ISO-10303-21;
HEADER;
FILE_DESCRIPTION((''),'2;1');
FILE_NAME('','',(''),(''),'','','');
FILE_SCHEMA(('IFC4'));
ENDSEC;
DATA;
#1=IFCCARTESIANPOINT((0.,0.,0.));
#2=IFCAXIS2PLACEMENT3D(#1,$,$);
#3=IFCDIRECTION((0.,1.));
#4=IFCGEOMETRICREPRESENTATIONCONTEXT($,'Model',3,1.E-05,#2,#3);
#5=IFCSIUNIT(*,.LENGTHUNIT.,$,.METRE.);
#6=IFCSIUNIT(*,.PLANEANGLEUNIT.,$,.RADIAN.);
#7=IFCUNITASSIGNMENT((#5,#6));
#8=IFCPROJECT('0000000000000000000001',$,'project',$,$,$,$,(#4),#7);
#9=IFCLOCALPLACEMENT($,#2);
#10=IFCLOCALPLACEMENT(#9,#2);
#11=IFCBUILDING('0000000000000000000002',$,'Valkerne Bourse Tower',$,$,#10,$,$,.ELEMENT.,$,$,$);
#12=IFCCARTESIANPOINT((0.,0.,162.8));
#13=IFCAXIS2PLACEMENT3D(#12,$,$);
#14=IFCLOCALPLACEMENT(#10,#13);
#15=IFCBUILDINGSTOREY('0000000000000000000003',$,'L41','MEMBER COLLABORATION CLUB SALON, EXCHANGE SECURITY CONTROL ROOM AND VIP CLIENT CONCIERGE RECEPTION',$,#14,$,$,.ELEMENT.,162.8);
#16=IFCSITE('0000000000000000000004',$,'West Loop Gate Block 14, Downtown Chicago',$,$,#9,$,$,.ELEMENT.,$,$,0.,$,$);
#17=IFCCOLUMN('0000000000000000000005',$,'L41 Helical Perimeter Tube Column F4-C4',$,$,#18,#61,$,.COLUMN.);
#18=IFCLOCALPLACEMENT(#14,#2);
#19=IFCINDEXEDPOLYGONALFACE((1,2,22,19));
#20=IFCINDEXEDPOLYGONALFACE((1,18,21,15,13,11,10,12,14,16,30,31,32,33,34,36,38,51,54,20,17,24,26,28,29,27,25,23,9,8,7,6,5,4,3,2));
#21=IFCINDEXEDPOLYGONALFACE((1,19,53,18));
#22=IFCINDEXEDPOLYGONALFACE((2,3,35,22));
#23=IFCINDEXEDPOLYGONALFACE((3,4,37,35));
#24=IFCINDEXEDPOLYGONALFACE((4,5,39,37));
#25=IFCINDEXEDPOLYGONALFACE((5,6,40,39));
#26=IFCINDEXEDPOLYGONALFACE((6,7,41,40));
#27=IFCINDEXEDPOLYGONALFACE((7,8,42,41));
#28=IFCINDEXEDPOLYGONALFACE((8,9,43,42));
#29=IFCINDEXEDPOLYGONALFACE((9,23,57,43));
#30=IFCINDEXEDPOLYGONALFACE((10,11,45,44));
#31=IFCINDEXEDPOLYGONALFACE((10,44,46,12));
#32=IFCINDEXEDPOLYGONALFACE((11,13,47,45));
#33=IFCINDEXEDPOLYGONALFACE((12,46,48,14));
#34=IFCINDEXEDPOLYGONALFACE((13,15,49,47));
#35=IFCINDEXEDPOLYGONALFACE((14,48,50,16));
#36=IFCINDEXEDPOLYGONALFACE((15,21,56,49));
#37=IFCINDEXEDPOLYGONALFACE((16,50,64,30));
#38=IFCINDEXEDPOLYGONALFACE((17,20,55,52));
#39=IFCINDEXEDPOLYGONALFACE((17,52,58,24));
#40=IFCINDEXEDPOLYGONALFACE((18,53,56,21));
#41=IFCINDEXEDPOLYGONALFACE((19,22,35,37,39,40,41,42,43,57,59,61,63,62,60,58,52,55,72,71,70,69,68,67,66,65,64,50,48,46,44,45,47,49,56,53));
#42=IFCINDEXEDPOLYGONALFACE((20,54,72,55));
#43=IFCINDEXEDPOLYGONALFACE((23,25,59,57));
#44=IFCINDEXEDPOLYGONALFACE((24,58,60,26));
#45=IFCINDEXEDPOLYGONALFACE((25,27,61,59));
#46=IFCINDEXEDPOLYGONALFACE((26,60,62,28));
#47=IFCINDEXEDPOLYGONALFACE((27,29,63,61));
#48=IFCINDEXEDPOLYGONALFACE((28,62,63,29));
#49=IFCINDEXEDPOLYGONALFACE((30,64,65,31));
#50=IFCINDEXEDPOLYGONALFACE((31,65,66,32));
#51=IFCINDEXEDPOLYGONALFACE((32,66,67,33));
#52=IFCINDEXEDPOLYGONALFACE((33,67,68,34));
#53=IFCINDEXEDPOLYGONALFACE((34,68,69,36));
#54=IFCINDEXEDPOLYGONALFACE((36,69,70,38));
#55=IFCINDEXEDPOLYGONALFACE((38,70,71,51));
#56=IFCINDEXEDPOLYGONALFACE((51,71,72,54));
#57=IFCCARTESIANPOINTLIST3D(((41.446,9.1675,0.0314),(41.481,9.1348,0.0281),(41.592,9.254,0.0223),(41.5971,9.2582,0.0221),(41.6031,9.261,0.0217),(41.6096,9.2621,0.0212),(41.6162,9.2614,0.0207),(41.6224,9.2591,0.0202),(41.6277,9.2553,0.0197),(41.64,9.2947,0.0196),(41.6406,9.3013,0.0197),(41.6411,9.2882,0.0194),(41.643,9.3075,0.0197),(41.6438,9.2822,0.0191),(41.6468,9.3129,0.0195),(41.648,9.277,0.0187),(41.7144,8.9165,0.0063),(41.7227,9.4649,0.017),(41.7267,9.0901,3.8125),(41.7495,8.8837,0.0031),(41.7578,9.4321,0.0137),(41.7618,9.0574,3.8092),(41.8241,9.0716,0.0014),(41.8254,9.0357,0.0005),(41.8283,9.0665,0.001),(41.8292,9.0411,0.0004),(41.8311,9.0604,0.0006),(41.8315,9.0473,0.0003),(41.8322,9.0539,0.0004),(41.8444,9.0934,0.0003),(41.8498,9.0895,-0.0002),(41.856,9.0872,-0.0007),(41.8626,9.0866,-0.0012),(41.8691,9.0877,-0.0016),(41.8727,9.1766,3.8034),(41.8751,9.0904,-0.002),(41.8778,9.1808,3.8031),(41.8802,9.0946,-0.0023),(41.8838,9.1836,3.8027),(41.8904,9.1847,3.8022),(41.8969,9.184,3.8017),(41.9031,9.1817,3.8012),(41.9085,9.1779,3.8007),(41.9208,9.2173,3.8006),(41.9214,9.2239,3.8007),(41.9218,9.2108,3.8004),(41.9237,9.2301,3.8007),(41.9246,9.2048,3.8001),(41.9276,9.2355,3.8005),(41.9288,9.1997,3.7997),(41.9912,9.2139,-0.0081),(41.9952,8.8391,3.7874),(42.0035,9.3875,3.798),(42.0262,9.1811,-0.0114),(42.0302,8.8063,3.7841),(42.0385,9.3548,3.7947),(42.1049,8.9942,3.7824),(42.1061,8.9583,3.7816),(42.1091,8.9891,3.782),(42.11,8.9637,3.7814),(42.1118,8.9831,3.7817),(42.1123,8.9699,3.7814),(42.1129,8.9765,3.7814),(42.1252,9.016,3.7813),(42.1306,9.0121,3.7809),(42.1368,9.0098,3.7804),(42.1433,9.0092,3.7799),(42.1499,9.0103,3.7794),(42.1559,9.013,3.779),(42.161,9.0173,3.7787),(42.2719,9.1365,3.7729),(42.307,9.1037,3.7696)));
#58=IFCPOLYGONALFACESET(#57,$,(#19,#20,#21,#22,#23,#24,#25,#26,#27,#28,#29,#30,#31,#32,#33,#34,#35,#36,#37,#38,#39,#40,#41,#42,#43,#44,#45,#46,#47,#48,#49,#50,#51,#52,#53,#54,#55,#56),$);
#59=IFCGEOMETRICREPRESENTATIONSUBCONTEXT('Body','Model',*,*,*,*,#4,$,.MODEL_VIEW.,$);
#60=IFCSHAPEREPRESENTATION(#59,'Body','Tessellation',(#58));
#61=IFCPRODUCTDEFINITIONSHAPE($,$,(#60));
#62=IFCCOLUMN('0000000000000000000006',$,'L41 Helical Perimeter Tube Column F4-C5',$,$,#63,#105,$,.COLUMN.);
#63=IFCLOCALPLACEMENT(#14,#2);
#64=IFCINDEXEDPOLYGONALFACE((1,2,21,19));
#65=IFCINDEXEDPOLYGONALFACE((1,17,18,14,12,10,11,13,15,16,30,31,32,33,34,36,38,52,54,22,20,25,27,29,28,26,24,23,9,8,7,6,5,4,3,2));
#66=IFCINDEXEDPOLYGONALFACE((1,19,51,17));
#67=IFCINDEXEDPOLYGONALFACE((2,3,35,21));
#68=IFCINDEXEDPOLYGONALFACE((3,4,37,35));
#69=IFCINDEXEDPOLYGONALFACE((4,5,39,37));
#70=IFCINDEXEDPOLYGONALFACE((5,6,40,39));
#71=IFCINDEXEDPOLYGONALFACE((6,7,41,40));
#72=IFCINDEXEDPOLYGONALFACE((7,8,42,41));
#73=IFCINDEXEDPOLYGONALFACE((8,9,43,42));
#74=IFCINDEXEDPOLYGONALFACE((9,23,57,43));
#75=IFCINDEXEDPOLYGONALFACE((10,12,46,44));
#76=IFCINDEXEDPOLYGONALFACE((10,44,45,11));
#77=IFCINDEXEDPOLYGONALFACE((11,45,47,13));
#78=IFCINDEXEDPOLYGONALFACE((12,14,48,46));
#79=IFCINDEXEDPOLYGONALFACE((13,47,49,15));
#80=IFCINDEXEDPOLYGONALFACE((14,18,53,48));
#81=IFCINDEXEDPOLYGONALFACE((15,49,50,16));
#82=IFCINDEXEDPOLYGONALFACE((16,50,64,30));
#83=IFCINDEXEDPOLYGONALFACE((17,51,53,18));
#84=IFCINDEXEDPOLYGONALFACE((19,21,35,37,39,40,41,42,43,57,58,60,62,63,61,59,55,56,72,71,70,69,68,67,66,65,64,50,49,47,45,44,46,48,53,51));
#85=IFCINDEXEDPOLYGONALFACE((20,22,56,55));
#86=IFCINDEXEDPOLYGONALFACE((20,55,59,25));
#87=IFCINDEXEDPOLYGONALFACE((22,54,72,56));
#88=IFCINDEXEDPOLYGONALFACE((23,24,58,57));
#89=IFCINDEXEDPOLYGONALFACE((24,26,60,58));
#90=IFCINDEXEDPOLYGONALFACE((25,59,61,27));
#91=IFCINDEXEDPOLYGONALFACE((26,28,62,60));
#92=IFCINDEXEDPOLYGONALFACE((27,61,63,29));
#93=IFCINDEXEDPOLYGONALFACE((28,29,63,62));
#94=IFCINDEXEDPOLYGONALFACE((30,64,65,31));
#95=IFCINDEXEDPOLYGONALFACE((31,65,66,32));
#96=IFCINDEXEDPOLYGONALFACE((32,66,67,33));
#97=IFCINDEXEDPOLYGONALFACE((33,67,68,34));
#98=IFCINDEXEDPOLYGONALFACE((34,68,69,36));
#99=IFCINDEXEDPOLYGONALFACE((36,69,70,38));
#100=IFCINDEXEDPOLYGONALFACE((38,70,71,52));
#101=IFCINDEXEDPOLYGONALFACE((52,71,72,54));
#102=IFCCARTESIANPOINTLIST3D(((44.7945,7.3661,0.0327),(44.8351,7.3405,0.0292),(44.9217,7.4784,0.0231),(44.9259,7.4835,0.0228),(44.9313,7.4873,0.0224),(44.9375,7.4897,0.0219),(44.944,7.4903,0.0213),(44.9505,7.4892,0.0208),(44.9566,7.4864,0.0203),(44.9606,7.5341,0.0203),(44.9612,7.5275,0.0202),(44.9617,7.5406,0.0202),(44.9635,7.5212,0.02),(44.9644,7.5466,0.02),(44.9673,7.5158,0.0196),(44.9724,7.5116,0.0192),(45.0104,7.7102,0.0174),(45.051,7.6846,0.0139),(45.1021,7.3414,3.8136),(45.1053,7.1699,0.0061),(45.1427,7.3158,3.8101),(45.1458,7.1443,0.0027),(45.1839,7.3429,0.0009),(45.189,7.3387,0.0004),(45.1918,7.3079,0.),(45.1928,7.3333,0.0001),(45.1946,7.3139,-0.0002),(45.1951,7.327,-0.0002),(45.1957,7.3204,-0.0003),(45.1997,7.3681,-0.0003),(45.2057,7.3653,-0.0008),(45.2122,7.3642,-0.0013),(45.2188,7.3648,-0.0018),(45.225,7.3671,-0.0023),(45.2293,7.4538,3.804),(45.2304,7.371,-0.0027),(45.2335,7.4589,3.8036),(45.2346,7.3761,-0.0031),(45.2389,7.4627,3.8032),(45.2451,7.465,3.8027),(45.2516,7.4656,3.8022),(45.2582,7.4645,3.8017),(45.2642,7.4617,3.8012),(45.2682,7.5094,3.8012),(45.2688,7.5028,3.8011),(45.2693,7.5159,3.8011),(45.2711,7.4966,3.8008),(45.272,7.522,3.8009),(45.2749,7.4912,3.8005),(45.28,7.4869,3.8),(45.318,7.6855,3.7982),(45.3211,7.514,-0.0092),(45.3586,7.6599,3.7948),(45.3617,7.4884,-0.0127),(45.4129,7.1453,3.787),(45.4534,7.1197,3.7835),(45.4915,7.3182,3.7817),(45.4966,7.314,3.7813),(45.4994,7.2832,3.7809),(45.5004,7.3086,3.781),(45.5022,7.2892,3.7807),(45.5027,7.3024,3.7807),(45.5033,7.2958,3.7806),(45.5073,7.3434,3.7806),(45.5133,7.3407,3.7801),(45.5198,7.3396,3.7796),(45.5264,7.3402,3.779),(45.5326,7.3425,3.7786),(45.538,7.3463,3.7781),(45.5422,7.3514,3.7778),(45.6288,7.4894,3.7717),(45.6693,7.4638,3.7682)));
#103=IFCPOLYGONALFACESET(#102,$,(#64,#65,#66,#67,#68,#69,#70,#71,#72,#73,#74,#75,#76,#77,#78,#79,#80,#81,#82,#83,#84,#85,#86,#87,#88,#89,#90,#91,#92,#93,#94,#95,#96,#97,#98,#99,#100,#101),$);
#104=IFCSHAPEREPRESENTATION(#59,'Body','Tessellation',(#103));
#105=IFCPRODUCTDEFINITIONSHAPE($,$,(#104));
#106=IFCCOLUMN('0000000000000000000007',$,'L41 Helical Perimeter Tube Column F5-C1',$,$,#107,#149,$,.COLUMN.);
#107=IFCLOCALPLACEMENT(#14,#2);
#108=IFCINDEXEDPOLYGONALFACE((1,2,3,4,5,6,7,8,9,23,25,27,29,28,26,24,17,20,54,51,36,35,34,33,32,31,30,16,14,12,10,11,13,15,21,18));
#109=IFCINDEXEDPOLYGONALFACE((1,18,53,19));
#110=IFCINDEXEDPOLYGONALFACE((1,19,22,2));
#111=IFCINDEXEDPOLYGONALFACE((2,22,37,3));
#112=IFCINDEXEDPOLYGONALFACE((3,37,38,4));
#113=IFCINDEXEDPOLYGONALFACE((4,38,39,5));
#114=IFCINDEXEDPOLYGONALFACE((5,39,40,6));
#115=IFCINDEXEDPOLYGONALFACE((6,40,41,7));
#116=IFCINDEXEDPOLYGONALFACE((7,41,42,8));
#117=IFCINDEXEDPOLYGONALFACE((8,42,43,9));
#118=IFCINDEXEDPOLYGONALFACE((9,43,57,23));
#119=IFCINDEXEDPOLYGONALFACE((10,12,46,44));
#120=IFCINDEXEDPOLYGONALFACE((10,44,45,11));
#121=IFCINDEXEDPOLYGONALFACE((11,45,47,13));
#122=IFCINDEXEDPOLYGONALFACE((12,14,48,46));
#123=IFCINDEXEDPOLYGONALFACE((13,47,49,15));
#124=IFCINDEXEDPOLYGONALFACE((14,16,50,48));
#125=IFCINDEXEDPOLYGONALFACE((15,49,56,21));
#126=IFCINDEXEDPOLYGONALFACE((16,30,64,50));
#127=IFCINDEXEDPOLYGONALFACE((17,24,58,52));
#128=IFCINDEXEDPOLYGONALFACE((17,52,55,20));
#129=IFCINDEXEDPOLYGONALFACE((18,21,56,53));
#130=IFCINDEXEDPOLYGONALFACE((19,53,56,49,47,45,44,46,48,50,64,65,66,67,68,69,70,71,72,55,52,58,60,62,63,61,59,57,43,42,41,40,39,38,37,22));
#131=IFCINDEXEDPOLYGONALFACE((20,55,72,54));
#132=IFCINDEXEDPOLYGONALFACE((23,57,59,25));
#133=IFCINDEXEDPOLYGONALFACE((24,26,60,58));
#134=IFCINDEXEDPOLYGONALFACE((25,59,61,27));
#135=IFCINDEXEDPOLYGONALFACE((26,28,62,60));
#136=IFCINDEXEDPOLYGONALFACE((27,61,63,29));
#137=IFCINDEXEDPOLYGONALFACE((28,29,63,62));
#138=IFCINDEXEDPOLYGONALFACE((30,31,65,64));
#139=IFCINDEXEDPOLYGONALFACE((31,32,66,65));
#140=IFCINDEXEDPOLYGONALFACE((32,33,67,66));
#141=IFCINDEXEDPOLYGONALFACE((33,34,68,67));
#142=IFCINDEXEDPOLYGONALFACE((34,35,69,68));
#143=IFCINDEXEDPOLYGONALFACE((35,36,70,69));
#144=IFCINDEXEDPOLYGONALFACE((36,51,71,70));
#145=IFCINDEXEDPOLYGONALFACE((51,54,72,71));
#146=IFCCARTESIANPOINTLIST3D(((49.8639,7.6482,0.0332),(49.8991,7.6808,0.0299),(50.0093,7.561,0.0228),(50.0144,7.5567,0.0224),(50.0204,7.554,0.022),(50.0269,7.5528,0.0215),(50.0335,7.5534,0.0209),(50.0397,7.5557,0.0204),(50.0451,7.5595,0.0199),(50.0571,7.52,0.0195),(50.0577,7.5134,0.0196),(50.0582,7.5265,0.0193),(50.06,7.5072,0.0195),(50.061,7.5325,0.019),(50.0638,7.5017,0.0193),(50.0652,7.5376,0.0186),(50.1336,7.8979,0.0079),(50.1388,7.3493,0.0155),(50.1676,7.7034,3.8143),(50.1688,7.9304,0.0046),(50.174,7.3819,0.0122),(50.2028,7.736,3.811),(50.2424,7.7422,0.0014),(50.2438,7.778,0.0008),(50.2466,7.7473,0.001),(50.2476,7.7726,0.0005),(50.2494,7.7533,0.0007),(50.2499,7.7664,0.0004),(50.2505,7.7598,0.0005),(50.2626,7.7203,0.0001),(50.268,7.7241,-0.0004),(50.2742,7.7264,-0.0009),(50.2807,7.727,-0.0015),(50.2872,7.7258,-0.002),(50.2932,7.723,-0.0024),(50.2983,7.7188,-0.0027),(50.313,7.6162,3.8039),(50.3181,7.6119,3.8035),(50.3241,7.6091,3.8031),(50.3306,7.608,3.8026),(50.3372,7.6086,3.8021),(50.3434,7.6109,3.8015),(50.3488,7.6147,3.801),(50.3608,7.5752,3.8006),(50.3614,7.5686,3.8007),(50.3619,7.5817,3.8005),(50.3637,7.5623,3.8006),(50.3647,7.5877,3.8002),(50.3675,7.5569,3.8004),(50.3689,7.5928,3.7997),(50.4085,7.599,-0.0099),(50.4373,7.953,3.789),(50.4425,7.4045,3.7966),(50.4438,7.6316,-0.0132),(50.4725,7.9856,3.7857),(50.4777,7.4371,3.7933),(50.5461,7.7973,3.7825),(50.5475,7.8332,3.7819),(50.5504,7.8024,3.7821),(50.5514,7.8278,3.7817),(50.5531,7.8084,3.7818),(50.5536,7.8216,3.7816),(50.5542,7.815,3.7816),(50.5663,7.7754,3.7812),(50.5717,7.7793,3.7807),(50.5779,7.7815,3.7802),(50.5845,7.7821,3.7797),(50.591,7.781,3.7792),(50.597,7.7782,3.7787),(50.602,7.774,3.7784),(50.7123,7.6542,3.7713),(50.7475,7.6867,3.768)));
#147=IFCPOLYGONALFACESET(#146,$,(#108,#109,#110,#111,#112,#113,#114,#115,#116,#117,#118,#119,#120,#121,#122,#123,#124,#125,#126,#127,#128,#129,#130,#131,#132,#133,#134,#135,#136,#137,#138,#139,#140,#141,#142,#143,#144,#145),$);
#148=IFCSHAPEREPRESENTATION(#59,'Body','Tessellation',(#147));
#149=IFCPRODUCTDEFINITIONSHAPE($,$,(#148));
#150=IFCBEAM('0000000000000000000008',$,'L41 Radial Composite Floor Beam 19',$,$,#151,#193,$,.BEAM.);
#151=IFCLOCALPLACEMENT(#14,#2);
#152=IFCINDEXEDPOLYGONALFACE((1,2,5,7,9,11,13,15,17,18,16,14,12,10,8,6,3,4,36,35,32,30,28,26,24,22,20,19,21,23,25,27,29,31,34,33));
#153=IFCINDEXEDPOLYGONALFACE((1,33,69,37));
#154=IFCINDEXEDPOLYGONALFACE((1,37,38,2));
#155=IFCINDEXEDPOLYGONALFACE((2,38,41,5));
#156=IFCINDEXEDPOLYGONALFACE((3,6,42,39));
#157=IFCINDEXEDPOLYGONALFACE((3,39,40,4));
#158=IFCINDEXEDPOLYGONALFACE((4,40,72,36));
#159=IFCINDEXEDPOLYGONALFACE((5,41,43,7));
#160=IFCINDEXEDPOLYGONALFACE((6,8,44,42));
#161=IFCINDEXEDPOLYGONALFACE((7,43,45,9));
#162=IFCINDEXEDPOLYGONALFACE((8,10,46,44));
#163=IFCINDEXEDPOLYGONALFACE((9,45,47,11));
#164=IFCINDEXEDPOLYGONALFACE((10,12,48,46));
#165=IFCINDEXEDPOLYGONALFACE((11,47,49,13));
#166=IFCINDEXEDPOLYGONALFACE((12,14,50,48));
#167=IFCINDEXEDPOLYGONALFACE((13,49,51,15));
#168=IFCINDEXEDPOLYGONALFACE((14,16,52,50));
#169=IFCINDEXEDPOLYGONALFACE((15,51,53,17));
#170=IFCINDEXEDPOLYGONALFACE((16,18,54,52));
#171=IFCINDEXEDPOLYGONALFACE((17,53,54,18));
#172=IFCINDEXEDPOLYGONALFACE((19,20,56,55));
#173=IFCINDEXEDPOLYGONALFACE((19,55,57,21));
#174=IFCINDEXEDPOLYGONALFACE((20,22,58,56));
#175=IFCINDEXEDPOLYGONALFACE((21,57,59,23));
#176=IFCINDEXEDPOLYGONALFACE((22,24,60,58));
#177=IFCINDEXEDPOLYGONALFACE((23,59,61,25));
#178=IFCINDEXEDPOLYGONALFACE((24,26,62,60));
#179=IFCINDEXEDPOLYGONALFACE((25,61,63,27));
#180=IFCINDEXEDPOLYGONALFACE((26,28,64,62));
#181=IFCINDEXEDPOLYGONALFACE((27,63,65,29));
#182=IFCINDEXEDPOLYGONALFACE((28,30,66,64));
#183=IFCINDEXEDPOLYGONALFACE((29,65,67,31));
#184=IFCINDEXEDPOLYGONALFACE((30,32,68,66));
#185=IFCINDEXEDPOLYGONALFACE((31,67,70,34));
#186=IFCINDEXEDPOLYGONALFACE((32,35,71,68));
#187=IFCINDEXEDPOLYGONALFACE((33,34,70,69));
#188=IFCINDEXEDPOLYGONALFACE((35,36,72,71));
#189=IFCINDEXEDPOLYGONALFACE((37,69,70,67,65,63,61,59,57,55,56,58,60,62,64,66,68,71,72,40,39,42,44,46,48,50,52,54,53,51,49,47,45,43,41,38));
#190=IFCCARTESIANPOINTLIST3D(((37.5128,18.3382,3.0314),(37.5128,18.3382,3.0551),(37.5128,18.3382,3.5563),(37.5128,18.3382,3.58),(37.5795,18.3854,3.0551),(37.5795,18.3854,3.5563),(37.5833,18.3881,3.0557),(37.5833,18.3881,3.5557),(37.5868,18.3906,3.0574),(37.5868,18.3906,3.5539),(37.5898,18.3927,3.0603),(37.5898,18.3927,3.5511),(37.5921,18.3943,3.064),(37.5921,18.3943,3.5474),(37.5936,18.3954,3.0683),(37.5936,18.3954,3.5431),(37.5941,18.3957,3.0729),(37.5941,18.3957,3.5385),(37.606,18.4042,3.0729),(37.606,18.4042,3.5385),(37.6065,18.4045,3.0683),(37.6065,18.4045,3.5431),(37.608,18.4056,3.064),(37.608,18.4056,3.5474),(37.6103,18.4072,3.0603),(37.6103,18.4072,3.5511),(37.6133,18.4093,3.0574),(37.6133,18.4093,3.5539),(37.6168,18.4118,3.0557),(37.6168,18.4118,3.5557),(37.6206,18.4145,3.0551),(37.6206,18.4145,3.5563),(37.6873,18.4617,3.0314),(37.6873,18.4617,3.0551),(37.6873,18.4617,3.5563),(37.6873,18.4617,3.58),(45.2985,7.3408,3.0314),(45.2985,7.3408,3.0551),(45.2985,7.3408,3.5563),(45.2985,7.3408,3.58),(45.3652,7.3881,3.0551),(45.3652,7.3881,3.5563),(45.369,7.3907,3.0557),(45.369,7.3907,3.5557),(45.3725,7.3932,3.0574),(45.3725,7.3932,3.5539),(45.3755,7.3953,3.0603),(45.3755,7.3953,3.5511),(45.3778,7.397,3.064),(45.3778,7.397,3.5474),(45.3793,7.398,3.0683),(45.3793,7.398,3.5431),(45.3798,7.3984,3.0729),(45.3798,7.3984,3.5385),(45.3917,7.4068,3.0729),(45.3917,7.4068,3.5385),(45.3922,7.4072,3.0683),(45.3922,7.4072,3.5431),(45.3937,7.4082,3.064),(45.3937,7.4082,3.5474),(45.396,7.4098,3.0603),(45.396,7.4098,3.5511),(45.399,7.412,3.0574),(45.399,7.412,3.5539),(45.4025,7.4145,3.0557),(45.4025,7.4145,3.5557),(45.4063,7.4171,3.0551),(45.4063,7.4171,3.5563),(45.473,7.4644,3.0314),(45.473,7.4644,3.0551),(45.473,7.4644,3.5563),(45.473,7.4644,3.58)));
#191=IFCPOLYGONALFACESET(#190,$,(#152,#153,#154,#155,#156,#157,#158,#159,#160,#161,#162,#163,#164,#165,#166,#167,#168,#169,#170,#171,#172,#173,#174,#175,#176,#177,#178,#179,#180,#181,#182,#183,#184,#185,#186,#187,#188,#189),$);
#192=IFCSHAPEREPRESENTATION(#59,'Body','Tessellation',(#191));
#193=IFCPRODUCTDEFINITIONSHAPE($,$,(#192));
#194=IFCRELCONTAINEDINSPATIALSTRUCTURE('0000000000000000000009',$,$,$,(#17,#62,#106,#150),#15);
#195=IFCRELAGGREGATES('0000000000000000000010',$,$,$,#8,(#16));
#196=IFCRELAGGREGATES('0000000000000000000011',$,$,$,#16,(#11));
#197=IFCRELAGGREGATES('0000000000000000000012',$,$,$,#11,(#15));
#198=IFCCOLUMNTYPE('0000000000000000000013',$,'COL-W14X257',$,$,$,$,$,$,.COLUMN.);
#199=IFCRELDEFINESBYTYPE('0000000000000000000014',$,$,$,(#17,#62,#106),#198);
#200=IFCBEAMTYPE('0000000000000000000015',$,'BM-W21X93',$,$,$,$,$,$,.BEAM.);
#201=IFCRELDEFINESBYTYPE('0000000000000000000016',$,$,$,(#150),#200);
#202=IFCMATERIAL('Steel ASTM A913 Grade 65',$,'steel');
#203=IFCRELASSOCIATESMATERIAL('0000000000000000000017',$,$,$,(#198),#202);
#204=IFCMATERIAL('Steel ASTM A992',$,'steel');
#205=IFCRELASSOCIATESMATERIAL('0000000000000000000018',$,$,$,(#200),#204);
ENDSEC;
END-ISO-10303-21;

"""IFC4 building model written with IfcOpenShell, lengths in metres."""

from ifc_helpers import new_model, si_unit, direction, frame, origin, origin_2d, place, context, subcontext, project, spatial, i_section, extrude, material, material_profile, profile_set, type_object, element, save


model = new_model("IFC4")

# Units and contexts
model_context = context("Model", 3, precision=1e-05, world=origin(), true_north=direction((0.0, 1.0)))
body_context = subcontext(model_context, "Body", "Model", "MODEL_VIEW")
ifc_project = project(units=[si_unit("LENGTHUNIT", "METRE"), si_unit("PLANEANGLEUNIT", "RADIAN")], contexts=[model_context])

# Site, building, storey
site_placement = place(None, origin())
site = spatial("IfcSite", under=ifc_project, at=site_placement, Name="West Loop Gate Block 14, Downtown Chicago", CompositionType="ELEMENT", RefElevation=0.0)
building_placement = place(site_placement, origin())
building = spatial("IfcBuilding", under=site, at=building_placement, Name="Valkerne Bourse Tower", CompositionType="ELEMENT")
storey_placement = place(building_placement, frame((0.0, 0.0, 162.8)))
storey = spatial("IfcBuildingStorey", under=building, at=storey_placement, Name="L41", Description="MEMBER COLLABORATION CLUB SALON, EXCHANGE SECURITY CONTROL ROOM AND VIP CLIENT CONCIERGE RECEPTION", CompositionType="ELEMENT", Elevation=162.8)

# Columns
ifc_material_1 = material(Name="Steel ASTM A913 Grade 65", Category="steel")
ifc_material_profile_1 = material_profile(ifc_material_1, i_section(OverallWidth=0.4065, OverallDepth=0.4165, WebThickness=0.0298, FlangeThickness=0.0481, FilletRadius=0.0254, at=origin_2d()), Name="W14X257")
ifc_profile_set_1 = profile_set([ifc_material_profile_1], Name="Steel ASTM A913 Grade 65")
column_type = type_object("IfcColumnType", Name="COL-W14X257", PredefinedType="COLUMN", material=ifc_profile_set_1)
column_1_placement = place(storey_placement, frame((41.7361, 9.1743, 0.01), z_axis=(0.074037, -0.020408, 0.997047), x_axis=(0.68082, 0.731587, -0.03558)))
element("IfcColumn", 1, at=column_1_placement, inside=storey, type_object=column_type, Name="L41 Helical Perimeter Tube Column F4-C4", PredefinedType="COLUMN", context=body_context, shape_type="SweptSolid", body=[
    extrude(i_section(OverallWidth=0.4065, OverallDepth=0.4165, WebThickness=0.0298, FlangeThickness=0.0481, FilletRadius=0.0254, at=origin_2d()), origin(), (0.0, 0.0, 1.0), 3.7922),
])
column_2_placement = place(storey_placement, frame((45.0781, 7.4272, 0.01), z_axis=(0.081089, -0.0065, 0.996686), x_axis=(0.531094, 0.846474, -0.037689)))
element("IfcColumn", 2, at=column_2_placement, inside=storey, type_object=column_type, Name="L41 Helical Perimeter Tube Column F4-C5", PredefinedType="COLUMN", context=body_context, shape_type="SweptSolid", body=[
    extrude(i_section(OverallWidth=0.4065, OverallDepth=0.4165, WebThickness=0.0298, FlangeThickness=0.0481, FilletRadius=0.0254, at=origin_2d()), origin(), (0.0, 0.0, 1.0), 3.7935),
])
column_3_placement = place(storey_placement, frame((50.1538, 7.6399, 0.01), z_axis=(0.080059, 0.014544, 0.996684), x_axis=(-0.67637, 0.735271, 0.0436)))
element("IfcColumn", 3, at=column_3_placement, inside=storey, type_object=column_type, Name="L41 Helical Perimeter Tube Column F5-C1", PredefinedType="COLUMN", context=body_context, shape_type="SweptSolid", body=[
    extrude(i_section(OverallWidth=0.4065, OverallDepth=0.4165, WebThickness=0.0298, FlangeThickness=0.0481, FilletRadius=0.0254, at=origin_2d()), origin(), (0.0, 0.0, 1.0), 3.7937),
])

# Beam
ifc_material_2 = material(Name="Steel ASTM A992", Category="steel")
ifc_material_profile_2 = material_profile(ifc_material_2, i_section(OverallWidth=0.2139, OverallDepth=0.5486, WebThickness=0.0146, FlangeThickness=0.0237, FilletRadius=0.0178, at=origin_2d()), Name="W21X93")
ifc_profile_set_2 = profile_set([ifc_material_profile_2], Name="Steel ASTM A992")
beam_type_1 = type_object("IfcBeamType", Name="BM-W21X93", PredefinedType="BEAM", material=ifc_profile_set_2)
beam_1_placement = place(storey_placement, frame((45.3857, 7.4026, 3.3057), z_axis=(-0.577814, 0.816169, 0.0), x_axis=(-0.816169, -0.577814, 0.0)))
element("IfcBeam", 4, at=beam_1_placement, inside=storey, type_object=beam_type_1, Name="L41 Radial Composite Floor Beam 19", PredefinedType="BEAM", context=body_context, shape_type="SweptSolid", body=[
    extrude(i_section(OverallWidth=0.2139, OverallDepth=0.5486, WebThickness=0.0146, FlangeThickness=0.0237, FilletRadius=0.0178, at=origin_2d()), origin(), (0.0, 0.0, 1.0), 13.4744),
])

save(model, "model.ifc")
